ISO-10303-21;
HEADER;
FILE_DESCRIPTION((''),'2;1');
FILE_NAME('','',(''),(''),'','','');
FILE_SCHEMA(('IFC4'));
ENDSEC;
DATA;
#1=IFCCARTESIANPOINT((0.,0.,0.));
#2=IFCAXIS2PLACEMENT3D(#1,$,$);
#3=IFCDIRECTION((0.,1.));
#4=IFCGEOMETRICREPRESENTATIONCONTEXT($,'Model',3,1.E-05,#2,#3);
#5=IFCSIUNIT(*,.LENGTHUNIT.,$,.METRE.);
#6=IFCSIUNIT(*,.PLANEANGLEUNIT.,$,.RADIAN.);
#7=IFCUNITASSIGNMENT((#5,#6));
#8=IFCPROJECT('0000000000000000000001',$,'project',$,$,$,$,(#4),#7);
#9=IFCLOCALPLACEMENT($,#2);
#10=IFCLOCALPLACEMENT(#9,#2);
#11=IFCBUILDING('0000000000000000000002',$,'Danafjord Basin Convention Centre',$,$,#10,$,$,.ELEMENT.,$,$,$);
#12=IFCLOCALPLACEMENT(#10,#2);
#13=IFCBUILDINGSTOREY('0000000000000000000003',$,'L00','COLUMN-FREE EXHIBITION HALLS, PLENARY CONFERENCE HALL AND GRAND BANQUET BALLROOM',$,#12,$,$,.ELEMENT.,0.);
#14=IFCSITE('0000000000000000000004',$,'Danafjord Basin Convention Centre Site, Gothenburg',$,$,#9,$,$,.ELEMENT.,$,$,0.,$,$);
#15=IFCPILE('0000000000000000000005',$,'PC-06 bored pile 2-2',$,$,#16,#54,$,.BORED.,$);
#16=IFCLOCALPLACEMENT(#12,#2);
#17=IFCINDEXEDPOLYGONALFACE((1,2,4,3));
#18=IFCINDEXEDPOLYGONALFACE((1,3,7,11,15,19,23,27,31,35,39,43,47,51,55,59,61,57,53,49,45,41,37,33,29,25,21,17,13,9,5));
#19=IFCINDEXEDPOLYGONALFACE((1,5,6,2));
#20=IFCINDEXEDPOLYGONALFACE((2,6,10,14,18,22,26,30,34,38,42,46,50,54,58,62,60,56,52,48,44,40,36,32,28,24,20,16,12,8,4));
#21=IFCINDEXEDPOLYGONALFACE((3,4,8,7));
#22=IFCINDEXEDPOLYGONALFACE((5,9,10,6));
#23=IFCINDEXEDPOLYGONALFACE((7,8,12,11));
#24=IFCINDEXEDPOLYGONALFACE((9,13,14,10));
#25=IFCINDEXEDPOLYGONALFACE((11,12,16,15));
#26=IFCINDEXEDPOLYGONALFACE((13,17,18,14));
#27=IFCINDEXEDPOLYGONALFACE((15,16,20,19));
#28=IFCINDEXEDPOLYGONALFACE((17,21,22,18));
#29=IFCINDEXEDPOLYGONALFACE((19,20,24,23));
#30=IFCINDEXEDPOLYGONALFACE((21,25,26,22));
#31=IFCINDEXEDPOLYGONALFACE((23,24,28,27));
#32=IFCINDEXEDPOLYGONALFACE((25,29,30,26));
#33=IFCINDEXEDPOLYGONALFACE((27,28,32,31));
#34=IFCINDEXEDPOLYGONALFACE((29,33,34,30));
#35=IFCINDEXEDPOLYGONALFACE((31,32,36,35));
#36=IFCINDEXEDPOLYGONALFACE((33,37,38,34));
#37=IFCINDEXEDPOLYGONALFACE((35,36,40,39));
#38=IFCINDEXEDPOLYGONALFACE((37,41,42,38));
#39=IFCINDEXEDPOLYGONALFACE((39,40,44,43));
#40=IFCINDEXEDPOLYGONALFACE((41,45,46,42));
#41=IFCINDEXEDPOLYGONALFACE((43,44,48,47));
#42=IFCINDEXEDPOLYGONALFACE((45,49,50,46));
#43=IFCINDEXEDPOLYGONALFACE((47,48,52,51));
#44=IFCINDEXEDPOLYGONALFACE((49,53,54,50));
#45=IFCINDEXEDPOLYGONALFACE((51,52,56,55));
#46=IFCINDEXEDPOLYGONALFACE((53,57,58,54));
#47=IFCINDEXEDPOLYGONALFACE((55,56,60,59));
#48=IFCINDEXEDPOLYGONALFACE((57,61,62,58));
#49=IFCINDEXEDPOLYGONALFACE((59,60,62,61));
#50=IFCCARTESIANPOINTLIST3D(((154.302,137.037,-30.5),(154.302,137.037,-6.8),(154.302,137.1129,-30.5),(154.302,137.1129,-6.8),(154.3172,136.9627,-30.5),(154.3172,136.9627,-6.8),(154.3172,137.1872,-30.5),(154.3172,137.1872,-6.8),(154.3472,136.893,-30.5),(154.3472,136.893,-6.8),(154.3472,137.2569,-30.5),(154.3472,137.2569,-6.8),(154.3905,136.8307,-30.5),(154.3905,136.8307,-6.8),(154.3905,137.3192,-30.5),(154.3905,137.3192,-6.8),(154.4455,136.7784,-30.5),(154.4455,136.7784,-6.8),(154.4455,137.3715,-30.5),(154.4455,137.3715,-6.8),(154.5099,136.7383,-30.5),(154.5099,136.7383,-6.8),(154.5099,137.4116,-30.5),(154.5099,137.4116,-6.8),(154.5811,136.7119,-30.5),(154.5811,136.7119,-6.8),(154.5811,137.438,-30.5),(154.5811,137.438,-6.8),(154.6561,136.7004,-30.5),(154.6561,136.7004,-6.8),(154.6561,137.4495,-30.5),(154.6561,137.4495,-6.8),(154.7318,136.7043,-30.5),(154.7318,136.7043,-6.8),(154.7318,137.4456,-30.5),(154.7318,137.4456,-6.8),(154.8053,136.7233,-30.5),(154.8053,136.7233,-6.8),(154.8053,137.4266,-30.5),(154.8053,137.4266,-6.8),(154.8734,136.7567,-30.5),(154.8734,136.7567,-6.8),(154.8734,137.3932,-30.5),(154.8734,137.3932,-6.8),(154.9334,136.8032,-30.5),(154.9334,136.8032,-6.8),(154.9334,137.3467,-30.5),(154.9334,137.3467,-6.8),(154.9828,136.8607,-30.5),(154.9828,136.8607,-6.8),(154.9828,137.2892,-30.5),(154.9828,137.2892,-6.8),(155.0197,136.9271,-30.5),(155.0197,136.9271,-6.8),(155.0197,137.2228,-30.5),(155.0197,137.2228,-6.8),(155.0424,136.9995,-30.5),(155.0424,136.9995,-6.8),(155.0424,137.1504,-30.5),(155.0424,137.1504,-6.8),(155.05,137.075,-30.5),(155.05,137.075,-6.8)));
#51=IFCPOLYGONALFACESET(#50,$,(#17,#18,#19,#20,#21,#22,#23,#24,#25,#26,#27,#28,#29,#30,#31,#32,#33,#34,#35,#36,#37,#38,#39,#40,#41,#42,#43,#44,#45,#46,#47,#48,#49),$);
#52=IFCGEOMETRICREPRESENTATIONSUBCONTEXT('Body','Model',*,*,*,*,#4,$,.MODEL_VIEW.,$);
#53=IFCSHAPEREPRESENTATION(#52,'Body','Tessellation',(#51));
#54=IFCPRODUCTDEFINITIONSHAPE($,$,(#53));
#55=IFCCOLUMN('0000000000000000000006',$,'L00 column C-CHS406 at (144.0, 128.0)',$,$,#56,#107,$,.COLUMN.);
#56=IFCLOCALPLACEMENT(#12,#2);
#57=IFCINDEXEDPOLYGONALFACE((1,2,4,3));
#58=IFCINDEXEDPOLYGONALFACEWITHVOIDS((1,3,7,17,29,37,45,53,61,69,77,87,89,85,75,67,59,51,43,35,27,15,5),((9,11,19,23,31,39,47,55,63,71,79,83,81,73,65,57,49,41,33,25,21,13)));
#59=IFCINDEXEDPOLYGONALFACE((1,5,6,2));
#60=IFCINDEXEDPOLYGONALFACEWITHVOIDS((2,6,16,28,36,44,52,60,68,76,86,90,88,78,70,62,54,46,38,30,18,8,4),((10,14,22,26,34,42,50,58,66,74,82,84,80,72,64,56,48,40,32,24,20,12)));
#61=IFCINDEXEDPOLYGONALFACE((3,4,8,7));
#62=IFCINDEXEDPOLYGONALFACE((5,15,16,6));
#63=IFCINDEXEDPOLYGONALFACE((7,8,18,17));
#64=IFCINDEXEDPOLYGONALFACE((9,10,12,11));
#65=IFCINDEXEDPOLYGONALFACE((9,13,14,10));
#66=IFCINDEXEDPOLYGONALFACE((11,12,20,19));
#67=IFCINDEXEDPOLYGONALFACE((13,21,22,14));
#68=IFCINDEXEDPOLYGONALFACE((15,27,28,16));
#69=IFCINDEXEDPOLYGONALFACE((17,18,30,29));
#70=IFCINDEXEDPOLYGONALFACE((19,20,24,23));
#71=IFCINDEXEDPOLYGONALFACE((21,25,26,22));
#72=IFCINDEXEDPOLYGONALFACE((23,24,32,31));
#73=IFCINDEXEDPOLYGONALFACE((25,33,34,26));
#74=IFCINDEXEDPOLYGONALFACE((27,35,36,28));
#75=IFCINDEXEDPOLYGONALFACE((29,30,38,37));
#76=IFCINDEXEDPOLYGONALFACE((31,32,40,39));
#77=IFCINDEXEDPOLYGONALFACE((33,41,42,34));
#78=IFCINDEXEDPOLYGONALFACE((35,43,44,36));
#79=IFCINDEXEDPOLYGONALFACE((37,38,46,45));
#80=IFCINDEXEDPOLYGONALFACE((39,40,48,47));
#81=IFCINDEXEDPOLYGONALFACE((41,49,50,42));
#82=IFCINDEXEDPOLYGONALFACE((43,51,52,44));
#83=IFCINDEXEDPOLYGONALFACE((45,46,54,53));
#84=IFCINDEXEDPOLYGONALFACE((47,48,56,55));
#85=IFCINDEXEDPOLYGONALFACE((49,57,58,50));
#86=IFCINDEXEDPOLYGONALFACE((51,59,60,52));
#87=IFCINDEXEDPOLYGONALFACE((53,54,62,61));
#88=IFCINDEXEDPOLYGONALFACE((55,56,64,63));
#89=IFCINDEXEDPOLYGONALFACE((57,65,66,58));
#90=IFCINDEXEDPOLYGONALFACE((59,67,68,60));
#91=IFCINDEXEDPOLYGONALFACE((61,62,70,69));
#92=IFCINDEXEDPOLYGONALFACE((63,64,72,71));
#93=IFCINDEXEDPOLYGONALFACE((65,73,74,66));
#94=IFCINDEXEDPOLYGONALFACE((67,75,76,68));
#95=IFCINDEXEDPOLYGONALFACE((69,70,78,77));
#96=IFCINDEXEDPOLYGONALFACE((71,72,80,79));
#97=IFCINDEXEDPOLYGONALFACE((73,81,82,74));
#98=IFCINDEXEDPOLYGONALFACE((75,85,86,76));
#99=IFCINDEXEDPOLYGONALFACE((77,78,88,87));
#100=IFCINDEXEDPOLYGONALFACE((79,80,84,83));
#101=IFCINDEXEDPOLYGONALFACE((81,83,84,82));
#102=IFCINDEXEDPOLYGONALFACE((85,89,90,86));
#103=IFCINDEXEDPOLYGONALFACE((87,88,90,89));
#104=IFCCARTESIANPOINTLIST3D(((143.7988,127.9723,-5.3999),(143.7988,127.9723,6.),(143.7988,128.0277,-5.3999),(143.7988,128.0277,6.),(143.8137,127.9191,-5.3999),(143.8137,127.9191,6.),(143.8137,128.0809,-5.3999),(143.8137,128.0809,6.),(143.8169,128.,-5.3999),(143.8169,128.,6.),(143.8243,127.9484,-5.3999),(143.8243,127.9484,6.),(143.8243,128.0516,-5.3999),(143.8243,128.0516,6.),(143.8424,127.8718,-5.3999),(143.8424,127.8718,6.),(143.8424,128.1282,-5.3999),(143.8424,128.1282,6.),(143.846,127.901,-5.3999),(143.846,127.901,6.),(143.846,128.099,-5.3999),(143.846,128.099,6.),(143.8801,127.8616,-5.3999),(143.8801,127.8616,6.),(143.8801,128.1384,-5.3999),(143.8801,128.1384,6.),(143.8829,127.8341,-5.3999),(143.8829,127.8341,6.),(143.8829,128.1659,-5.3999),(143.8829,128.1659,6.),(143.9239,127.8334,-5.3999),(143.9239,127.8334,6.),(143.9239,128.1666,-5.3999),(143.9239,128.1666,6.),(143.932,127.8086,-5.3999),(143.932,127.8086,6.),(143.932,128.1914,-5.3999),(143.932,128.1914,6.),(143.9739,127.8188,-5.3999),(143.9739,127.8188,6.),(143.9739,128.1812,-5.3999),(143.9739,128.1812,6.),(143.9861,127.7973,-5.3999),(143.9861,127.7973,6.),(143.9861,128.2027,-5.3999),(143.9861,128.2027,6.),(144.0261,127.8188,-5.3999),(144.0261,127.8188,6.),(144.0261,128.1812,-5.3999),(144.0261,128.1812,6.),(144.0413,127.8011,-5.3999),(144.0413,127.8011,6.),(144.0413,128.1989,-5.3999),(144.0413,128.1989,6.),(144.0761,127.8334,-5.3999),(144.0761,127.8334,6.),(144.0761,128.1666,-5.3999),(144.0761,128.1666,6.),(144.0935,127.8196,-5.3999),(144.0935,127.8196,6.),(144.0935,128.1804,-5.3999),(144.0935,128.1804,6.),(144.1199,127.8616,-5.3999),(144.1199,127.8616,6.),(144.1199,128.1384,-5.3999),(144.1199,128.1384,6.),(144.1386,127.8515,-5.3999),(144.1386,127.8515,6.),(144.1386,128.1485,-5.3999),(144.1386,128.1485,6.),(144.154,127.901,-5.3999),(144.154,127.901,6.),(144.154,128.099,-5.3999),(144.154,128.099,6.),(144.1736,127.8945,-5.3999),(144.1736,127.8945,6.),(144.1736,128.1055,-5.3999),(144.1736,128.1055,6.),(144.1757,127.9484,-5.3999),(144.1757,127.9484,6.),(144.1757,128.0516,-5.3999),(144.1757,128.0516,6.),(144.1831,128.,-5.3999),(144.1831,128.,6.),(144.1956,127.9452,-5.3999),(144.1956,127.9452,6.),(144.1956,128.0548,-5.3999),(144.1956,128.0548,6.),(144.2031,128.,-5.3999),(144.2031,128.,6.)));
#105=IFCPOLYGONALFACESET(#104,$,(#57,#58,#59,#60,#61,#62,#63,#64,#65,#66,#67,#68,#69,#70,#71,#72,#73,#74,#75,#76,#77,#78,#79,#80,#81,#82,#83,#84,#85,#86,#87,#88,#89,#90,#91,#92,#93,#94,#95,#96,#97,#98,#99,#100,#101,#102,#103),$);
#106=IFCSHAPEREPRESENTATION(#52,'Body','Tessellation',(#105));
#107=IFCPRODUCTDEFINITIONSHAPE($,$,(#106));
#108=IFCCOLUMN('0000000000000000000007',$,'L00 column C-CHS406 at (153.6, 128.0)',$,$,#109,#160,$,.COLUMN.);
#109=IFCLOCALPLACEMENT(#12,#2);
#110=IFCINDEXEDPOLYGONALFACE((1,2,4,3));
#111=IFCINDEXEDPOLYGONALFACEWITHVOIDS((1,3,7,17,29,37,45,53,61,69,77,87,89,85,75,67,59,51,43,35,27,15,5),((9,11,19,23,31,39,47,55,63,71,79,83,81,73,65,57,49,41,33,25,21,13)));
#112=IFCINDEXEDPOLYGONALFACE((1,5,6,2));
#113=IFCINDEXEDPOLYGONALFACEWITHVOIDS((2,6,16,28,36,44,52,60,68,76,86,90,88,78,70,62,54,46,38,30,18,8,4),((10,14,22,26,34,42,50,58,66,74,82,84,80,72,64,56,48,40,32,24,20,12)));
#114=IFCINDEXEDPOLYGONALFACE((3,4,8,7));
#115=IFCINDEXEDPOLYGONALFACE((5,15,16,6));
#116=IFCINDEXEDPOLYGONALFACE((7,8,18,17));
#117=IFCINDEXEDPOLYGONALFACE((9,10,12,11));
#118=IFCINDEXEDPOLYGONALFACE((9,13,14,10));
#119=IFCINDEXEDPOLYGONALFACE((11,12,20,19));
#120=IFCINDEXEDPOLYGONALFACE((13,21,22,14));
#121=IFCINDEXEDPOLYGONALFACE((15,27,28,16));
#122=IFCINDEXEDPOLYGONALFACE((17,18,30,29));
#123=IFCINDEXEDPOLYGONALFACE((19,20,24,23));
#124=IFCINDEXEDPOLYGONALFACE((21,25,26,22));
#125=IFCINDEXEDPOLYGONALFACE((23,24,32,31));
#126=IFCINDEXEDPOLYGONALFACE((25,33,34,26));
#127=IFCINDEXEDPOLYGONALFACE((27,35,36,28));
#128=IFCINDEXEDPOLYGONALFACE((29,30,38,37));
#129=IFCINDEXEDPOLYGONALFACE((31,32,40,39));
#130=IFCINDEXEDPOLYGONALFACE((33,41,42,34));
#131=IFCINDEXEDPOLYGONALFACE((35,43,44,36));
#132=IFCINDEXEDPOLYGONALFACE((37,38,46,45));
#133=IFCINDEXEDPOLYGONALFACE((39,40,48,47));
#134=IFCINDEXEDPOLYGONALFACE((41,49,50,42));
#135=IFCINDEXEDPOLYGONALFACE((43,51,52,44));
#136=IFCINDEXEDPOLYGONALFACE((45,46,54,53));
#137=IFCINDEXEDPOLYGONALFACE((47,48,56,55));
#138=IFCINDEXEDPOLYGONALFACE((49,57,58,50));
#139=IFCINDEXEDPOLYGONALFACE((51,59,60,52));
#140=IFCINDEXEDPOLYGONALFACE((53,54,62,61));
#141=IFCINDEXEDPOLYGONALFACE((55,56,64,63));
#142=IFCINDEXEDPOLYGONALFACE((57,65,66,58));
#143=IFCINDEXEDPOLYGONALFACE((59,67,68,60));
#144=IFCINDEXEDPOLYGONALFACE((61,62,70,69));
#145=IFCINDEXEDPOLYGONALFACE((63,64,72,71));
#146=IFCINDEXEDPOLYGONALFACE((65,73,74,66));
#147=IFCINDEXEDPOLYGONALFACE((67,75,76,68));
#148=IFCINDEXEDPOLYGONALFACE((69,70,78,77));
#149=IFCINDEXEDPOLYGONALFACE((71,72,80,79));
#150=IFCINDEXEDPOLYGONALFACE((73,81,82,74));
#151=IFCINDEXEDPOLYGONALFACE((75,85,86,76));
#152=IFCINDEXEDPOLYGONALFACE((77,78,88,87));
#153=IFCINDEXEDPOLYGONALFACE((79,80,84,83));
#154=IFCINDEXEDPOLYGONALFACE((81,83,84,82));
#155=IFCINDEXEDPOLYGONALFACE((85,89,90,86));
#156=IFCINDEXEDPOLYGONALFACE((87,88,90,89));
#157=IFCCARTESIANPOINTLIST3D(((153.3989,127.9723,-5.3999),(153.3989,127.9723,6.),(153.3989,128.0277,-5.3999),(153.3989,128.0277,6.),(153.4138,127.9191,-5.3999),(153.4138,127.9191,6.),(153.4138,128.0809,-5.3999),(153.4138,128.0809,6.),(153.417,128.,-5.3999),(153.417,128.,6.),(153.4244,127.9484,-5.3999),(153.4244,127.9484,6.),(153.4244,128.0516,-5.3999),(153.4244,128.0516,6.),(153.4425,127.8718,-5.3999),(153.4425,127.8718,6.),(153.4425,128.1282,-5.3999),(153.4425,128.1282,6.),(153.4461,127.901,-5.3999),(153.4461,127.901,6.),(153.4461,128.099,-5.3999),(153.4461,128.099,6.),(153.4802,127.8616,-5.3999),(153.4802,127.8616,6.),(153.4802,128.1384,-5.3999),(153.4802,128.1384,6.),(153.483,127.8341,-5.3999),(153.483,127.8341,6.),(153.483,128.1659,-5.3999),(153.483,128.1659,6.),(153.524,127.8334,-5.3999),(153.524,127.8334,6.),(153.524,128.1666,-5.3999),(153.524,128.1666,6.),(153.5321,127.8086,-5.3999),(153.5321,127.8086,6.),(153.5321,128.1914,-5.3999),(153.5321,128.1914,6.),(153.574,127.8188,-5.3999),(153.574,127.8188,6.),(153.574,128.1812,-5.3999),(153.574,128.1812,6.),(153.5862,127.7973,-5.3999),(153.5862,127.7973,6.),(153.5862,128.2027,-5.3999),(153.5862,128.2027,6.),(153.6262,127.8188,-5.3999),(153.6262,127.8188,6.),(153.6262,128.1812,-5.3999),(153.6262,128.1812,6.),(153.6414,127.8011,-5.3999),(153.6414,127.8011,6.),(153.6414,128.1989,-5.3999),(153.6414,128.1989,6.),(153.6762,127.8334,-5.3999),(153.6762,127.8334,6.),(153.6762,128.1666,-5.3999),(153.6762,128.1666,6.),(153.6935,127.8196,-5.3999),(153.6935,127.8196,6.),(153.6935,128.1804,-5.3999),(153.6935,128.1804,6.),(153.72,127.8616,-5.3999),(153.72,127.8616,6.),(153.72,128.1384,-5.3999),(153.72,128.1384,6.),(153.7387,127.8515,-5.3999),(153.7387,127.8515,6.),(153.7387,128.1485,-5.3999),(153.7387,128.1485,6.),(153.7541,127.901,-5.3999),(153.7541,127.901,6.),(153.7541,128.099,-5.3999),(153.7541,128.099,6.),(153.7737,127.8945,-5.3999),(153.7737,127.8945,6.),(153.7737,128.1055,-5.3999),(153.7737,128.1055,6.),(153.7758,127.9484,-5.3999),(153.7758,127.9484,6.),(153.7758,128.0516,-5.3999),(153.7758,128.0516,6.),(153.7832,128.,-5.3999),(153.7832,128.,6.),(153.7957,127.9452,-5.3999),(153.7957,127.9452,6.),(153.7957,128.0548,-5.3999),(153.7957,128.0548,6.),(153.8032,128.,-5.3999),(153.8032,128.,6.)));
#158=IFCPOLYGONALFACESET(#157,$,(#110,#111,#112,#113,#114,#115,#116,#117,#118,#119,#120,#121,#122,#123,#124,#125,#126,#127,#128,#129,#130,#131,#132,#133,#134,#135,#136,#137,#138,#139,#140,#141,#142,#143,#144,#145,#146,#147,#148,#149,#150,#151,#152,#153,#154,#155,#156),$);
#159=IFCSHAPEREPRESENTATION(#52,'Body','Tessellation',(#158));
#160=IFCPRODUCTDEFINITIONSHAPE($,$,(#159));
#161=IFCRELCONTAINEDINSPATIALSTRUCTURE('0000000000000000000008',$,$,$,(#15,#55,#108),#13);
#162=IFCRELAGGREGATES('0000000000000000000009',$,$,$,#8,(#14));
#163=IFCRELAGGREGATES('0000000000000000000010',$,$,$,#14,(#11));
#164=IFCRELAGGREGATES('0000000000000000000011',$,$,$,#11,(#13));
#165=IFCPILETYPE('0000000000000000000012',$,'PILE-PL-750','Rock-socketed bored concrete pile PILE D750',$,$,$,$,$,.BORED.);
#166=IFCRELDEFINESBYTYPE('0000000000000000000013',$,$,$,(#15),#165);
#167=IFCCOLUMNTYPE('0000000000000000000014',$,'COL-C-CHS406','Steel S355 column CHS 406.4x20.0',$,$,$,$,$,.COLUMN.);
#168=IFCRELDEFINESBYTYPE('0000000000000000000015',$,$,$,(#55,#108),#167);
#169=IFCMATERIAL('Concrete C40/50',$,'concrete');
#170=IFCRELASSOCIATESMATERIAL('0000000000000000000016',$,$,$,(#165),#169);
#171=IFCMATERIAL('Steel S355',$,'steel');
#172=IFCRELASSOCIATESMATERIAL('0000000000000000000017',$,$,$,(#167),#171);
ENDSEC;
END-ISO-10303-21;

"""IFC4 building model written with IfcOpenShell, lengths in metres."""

from ifc_helpers import new_model, si_unit, direction, frame, origin, origin_2d, place, context, subcontext, project, spatial, circle, hollow_circle, extrude, material, material_profile, profile_set, type_object, element, save


model = new_model("IFC4")

# Units and contexts
model_context = context("Model", 3, precision=1e-05, world=origin(), true_north=direction((0.0, 1.0)))
body_context = subcontext(model_context, "Body", "Model", "MODEL_VIEW")
ifc_project = project(units=[si_unit("LENGTHUNIT", "METRE"), si_unit("PLANEANGLEUNIT", "RADIAN")], contexts=[model_context])

# Site, building, storey
site_placement = place(None, origin())
site = spatial("IfcSite", under=ifc_project, at=site_placement, Name="Danafjord Basin Convention Centre Site, Gothenburg", CompositionType="ELEMENT", RefElevation=0.0)
building_placement = place(site_placement, origin())
building = spatial("IfcBuilding", under=site, at=building_placement, Name="Danafjord Basin Convention Centre", CompositionType="ELEMENT")
storey_placement = place(building_placement, origin())
storey = spatial("IfcBuildingStorey", under=building, at=storey_placement, Name="L00", Description="COLUMN-FREE EXHIBITION HALLS, PLENARY CONFERENCE HALL AND GRAND BANQUET BALLROOM", CompositionType="ELEMENT", Elevation=0.0)

# Shared definitions
ifc_material_1 = material(Name="Concrete C40/50", Category="concrete")

# Pile
ifc_material_profile_1 = material_profile(ifc_material_1, circle(Radius=0.375, at=origin_2d()), Name="PILE D750")
ifc_profile_set_1 = profile_set([ifc_material_profile_1], Name="Concrete C40/50")
pile_type_1 = type_object("IfcPileType", Name="PILE-PL-750", Description="Rock-socketed bored concrete pile PILE D750", PredefinedType="BORED", material=ifc_profile_set_1)
for number, where, z_axis, x_axis, name in (
    (1, (154.675, 137.075, -6.8), (0.0, 0.0, -1.0), (1.0, 0.0, 0.0), "PC-06 bored pile 2-2"),
):
    element("IfcPile", number, at=place(storey_placement, frame(where, z_axis=z_axis, x_axis=x_axis)), inside=storey, type_object=pile_type_1, Name=name, PredefinedType="BORED", context=body_context, shape_type="SweptSolid", body=[
        extrude(circle(Radius=0.375, at=origin_2d()), origin(), (0.0, 0.0, 1.0), 23.7),
    ])

# Columns
ifc_material_2 = material(Name="Steel S355", Category="steel")
ifc_material_profile_2 = material_profile(ifc_material_2, hollow_circle(Radius=0.2031, WallThickness=0.02, at=origin_2d()), Name="CHS 406.4x20.0")
ifc_profile_set_2 = profile_set([ifc_material_profile_2], Name="Steel S355")
column_type_1 = type_object("IfcColumnType", Name="COL-C-CHS406", Description="Steel S355 column CHS 406.4x20.0", PredefinedType="COLUMN", material=ifc_profile_set_2)
for number, where, z_axis, x_axis, name in (
    (2, (144.0, 128.0, -5.3999), (0.0, 0.0, 1.0), (1.0, 0.0, 0.0), "L00 column C-CHS406 at (144.0, 128.0)"),
    (3, (153.6001, 128.0, -5.3999), (0.0, 0.0, 1.0), (1.0, 0.0, 0.0), "L00 column C-CHS406 at (153.6, 128.0)"),
):
    element("IfcColumn", number, at=place(storey_placement, frame(where, z_axis=z_axis, x_axis=x_axis)), inside=storey, type_object=column_type_1, Name=name, PredefinedType="COLUMN", context=body_context, shape_type="SweptSolid", body=[
        extrude(hollow_circle(Radius=0.2031, WallThickness=0.02, at=origin_2d()), origin(), (0.0, 0.0, 1.0), 11.3999),
    ])

save(model, "model.ifc")
